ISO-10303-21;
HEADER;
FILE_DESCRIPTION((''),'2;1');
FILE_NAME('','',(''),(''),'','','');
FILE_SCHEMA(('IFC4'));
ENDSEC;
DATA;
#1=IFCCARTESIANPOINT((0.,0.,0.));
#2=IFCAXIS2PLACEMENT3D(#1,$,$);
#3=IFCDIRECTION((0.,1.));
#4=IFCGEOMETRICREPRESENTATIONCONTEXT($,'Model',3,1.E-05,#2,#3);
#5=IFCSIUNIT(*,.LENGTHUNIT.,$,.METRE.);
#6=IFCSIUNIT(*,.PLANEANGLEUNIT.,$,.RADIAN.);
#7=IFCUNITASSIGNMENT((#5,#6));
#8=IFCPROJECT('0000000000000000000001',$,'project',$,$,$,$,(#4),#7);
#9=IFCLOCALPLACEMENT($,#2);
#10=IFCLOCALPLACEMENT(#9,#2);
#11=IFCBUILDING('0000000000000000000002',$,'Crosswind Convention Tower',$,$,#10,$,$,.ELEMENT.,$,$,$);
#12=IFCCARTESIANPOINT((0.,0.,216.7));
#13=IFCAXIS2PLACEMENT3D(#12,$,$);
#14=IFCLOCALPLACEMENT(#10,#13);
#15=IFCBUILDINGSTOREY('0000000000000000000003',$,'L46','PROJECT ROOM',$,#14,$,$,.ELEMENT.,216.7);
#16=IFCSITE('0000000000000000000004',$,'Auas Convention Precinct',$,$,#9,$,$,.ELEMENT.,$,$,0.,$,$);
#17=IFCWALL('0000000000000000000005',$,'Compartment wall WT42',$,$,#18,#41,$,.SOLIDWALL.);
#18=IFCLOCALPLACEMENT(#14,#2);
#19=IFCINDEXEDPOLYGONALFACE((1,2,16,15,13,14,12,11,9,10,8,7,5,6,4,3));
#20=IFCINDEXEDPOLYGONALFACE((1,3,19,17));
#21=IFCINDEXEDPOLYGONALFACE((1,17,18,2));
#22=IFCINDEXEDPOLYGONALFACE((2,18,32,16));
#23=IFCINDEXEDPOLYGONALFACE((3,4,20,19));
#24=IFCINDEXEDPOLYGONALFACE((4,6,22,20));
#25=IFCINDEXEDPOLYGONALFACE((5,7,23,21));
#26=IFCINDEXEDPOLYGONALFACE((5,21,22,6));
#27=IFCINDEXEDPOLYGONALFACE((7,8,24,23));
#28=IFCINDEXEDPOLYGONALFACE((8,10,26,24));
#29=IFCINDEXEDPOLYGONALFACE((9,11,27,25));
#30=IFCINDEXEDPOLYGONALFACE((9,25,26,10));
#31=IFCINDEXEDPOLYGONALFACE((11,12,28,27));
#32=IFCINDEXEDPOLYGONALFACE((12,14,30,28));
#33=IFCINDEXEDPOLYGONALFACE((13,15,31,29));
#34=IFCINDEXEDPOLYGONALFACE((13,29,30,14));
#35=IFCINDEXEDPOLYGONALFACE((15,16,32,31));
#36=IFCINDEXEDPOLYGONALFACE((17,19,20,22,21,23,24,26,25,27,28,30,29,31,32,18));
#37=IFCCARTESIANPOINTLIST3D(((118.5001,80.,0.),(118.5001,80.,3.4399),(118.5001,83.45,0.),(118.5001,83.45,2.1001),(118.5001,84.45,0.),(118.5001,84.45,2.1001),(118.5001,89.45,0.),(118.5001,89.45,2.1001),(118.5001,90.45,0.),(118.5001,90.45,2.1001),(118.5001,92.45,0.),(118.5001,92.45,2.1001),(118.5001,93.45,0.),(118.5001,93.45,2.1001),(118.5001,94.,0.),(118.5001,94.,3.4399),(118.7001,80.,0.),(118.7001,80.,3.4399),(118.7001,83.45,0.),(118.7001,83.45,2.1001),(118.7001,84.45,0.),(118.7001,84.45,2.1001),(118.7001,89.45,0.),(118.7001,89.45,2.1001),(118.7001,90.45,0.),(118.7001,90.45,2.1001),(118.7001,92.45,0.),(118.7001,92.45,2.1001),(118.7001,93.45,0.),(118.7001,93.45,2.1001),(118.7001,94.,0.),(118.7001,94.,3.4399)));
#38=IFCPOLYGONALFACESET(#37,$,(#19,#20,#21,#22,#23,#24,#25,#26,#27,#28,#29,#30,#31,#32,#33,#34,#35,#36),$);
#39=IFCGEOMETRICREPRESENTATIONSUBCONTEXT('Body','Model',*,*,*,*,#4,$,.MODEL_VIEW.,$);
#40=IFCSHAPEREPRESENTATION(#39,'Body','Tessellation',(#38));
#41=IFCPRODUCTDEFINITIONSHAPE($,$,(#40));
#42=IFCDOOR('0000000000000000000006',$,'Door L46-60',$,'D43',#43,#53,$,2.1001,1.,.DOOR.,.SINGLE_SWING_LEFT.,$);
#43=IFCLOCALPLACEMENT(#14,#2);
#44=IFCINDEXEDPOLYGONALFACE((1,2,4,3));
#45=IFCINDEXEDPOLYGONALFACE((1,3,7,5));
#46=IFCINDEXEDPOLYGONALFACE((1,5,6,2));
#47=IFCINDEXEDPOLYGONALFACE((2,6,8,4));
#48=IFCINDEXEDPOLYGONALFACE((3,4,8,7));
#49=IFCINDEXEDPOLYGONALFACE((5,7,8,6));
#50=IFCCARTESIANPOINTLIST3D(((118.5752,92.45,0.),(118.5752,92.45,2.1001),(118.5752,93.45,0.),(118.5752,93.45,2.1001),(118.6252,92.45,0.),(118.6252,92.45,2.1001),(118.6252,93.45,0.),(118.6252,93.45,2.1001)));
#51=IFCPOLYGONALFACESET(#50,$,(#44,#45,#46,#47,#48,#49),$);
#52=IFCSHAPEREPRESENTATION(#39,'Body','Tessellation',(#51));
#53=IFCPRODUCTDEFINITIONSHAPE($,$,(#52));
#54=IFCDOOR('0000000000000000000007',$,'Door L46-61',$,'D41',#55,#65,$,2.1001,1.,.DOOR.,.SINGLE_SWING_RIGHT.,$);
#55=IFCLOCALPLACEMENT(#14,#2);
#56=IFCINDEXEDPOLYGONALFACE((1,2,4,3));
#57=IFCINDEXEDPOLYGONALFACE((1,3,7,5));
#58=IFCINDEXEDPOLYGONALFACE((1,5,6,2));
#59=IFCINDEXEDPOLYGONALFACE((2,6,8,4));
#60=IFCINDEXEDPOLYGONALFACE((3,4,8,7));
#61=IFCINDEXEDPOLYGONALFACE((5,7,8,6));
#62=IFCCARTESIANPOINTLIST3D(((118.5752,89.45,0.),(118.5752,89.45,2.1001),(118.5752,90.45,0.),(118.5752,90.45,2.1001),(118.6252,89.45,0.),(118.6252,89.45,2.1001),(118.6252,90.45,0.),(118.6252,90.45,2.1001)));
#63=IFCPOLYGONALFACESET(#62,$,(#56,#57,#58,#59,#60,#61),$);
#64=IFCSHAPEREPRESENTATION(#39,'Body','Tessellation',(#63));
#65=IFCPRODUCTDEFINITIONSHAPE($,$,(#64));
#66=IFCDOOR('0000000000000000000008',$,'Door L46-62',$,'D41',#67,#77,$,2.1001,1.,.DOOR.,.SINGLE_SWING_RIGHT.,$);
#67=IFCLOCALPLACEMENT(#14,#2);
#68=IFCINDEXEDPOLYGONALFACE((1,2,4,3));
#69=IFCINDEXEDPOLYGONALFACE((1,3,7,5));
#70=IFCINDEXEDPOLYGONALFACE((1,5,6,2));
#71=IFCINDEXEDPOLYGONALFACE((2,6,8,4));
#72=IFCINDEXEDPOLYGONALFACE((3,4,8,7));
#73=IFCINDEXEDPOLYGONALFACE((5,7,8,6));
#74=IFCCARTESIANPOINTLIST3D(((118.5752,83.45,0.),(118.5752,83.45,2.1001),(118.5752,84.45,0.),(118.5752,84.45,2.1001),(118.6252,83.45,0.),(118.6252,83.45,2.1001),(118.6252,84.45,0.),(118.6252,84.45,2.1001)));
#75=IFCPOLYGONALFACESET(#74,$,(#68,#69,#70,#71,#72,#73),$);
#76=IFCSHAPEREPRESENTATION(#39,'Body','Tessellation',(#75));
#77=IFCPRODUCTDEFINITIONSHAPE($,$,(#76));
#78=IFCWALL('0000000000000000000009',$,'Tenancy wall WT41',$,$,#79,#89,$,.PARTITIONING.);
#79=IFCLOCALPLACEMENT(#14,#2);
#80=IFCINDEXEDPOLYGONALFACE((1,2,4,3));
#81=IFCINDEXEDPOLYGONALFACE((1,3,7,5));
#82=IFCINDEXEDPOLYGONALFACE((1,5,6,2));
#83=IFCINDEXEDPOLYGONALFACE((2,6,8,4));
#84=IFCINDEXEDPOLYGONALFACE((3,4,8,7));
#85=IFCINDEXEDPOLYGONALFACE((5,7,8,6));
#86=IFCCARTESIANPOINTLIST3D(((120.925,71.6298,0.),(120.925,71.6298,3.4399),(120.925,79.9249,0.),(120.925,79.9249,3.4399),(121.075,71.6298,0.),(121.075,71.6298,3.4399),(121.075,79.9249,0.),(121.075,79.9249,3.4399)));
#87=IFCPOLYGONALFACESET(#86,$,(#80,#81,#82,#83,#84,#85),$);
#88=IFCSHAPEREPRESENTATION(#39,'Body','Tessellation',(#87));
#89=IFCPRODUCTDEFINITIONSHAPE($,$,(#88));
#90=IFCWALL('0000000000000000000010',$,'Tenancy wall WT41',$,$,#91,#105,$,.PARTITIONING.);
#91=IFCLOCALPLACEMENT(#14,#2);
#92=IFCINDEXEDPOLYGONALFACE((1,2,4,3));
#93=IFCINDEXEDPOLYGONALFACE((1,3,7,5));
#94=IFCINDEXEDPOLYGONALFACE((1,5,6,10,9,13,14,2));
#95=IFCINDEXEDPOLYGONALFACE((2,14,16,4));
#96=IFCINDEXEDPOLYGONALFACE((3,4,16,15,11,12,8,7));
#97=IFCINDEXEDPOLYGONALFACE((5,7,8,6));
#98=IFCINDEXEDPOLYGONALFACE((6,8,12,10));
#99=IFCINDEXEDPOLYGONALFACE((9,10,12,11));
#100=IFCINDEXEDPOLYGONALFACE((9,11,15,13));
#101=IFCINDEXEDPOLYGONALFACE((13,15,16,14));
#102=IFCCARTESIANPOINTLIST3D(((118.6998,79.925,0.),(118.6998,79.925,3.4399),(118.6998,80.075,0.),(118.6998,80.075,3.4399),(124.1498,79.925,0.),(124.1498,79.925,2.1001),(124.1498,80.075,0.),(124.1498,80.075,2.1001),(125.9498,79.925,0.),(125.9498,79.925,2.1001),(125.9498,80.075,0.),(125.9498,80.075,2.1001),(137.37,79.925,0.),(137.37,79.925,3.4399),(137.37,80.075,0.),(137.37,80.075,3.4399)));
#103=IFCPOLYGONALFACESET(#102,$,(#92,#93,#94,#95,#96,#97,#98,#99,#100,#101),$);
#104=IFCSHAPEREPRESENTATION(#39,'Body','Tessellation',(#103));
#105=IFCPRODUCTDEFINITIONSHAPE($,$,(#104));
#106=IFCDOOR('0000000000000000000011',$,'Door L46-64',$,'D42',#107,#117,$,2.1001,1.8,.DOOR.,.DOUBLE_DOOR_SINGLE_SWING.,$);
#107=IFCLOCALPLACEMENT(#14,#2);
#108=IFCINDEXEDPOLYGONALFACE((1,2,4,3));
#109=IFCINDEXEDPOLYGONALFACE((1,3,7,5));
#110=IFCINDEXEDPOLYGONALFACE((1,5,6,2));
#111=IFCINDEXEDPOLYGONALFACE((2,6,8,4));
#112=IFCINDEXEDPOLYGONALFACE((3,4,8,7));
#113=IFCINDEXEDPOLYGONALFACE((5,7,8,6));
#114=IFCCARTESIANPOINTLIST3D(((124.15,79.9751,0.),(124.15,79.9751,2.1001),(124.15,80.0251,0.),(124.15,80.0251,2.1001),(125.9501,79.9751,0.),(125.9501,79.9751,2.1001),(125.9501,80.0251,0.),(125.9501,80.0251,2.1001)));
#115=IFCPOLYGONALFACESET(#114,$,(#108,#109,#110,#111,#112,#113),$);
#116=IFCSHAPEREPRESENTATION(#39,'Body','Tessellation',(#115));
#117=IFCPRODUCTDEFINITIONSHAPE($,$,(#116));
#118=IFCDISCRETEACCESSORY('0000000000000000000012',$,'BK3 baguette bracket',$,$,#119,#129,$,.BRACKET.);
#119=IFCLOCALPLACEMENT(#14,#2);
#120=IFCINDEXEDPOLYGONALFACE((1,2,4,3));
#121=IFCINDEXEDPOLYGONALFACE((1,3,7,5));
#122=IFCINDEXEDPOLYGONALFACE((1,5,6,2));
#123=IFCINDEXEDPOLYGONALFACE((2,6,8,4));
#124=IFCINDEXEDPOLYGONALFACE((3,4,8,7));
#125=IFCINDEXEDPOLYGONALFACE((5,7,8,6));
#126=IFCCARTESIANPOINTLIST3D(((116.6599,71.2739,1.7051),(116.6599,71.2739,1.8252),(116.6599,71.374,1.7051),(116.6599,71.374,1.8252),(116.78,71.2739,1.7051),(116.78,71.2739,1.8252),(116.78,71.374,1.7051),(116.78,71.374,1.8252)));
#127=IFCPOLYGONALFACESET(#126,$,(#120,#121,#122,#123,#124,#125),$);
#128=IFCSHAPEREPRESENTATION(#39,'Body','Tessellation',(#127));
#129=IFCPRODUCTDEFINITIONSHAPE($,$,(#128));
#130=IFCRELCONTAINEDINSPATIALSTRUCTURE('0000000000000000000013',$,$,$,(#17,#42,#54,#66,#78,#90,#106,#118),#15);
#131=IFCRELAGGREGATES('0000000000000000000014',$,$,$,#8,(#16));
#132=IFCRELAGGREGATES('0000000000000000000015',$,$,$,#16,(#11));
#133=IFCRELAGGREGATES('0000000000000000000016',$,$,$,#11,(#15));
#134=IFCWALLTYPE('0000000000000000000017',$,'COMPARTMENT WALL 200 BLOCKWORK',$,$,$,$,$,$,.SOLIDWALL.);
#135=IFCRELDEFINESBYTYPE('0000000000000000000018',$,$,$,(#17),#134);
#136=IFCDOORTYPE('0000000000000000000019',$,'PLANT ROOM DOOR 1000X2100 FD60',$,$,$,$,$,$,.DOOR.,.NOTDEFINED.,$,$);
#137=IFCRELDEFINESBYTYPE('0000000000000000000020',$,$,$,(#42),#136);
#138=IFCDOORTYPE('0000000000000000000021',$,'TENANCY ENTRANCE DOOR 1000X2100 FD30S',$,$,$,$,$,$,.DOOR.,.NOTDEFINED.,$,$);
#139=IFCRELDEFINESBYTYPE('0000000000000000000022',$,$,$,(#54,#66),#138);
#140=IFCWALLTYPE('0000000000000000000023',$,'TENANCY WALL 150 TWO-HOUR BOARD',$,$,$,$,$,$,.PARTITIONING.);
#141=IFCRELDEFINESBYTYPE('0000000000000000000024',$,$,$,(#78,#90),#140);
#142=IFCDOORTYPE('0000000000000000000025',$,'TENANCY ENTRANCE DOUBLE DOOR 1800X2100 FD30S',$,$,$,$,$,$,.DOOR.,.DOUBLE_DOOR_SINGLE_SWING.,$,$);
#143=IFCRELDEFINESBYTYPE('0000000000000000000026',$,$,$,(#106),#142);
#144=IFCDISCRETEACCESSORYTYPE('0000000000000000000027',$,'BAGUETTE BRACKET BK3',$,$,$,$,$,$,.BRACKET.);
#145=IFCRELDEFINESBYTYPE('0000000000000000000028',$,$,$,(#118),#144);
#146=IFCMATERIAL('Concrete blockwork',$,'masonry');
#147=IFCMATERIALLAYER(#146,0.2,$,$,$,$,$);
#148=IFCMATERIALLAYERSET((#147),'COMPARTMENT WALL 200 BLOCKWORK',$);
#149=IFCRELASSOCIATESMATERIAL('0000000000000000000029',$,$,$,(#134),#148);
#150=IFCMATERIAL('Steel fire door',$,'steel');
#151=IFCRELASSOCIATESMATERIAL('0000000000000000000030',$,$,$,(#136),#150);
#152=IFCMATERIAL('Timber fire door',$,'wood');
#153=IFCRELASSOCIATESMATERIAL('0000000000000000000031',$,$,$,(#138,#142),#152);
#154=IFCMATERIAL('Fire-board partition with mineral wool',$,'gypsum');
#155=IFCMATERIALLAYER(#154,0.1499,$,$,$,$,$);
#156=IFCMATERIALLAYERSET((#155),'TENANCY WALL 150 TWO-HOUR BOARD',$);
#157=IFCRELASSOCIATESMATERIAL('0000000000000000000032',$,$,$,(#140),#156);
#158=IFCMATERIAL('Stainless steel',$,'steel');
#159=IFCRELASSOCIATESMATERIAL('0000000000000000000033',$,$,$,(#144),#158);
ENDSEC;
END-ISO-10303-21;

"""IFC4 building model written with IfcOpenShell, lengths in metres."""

from ifc_helpers import new_model, si_unit, direction, frame, frame_2d, origin, origin_2d, place, context, subcontext, project, spatial, rectangle, extrude, material, layer, layer_set, type_object, element, fill, save


model = new_model("IFC4")

# Units and contexts
model_context = context("Model", 3, precision=1e-05, world=origin(), true_north=direction((0.0, 1.0)))
body_context = subcontext(model_context, "Body", "Model", "MODEL_VIEW")
ifc_project = project(units=[si_unit("LENGTHUNIT", "METRE"), si_unit("PLANEANGLEUNIT", "RADIAN")], contexts=[model_context])

# Site, building, storey
site_placement = place(None, origin())
site = spatial("IfcSite", under=ifc_project, at=site_placement, Name="Auas Convention Precinct", CompositionType="ELEMENT", RefElevation=0.0)
building_placement = place(site_placement, origin())
building = spatial("IfcBuilding", under=site, at=building_placement, Name="Crosswind Convention Tower", CompositionType="ELEMENT")
storey_placement = place(building_placement, frame((0.0, 0.0, 216.7)))
storey = spatial("IfcBuildingStorey", under=building, at=storey_placement, Name="L46", Description="PROJECT ROOM", CompositionType="ELEMENT", Elevation=216.7)

# Wall, openings, doors
ifc_material_1 = material(Name="Concrete blockwork", Category="masonry")
ifc_layer_1 = layer(ifc_material_1, 0.2)
ifc_layer_set_1 = layer_set([ifc_layer_1], Name="COMPARTMENT WALL 200 BLOCKWORK")
wall_type_1 = type_object("IfcWallType", Name="COMPARTMENT WALL 200 BLOCKWORK", PredefinedType="SOLIDWALL", material=ifc_layer_set_1)
wall_1_placement = place(storey_placement, frame((118.6001, 80.0, 0.0), z_axis=(0.0, 0.0, 1.0), x_axis=(0.0, 1.0, 0.0)))
wall_1 = element("IfcWall", 1, at=wall_1_placement, inside=storey, type_object=wall_type_1, Name="Compartment wall WT42", PredefinedType="SOLIDWALL", context=body_context, shape_type="SweptSolid", body=[
    extrude(rectangle(XDim=14.0, YDim=0.2, at=frame_2d((7.0, 0.0))), origin(), (0.0, 0.0, 1.0), 3.4399),
])
opening_1_placement = place(wall_1_placement, frame((12.45, 0.0, 0.0)))
opening_1 = element("IfcOpeningElement", 2, at=opening_1_placement, cuts=wall_1, PredefinedType="OPENING", context=body_context, shape_type="SweptSolid", body=[
    extrude(rectangle(XDim=1.0, YDim=2.1001, at=frame_2d((0.5, 1.05))), frame((0.0, 0.1099, 0.0), z_axis=(0.0, -1.0, 0.0), x_axis=(1.0, 0.0, 0.0)), (0.0, 0.0, 1.0), 0.22),
])
opening_2_placement = place(wall_1_placement, frame((9.45, 0.0, 0.0)))
opening_2 = element("IfcOpeningElement", 3, at=opening_2_placement, cuts=wall_1, PredefinedType="OPENING", context=body_context, shape_type="SweptSolid", body=[
    extrude(rectangle(XDim=1.0, YDim=2.1001, at=frame_2d((0.5, 1.05))), frame((0.0, 0.1099, 0.0), z_axis=(0.0, -1.0, 0.0), x_axis=(1.0, 0.0, 0.0)), (0.0, 0.0, 1.0), 0.22),
])
opening_3_placement = place(wall_1_placement, frame((3.45, 0.0, 0.0)))
opening_3 = element("IfcOpeningElement", 4, at=opening_3_placement, cuts=wall_1, PredefinedType="OPENING", context=body_context, shape_type="SweptSolid", body=[
    extrude(rectangle(XDim=1.0, YDim=2.1001, at=frame_2d((0.5, 1.05))), frame((0.0, 0.1099, 0.0), z_axis=(0.0, -1.0, 0.0), x_axis=(1.0, 0.0, 0.0)), (0.0, 0.0, 1.0), 0.22),
])
ifc_material_2 = material(Name="Steel fire door", Category="steel")
door_type_1 = type_object("IfcDoorType", Name="PLANT ROOM DOOR 1000X2100 FD60", OperationType="NOTDEFINED", PredefinedType="DOOR", material=ifc_material_2)
door_1_placement = place(opening_1_placement, origin())
door_1 = element("IfcDoor", 5, at=door_1_placement, inside=storey, type_object=door_type_1, Name="Door L46-60", ObjectType="D43", OperationType="SINGLE_SWING_LEFT", OverallHeight=2.1001, OverallWidth=1.0, PredefinedType="DOOR", context=body_context, shape_type="SweptSolid", body=[
    extrude(rectangle(XDim=1.0, YDim=2.1001, at=frame_2d((0.5, 1.05))), frame((0.0, 0.0249, 0.0), z_axis=(0.0, -1.0, 0.0), x_axis=(1.0, 0.0, 0.0)), (0.0, 0.0, 1.0), 0.05),
])
fill(opening_1, door_1)
ifc_material_3 = material(Name="Timber fire door", Category="wood")
door_type_2 = type_object("IfcDoorType", Name="TENANCY ENTRANCE DOOR 1000X2100 FD30S", OperationType="NOTDEFINED", PredefinedType="DOOR", material=ifc_material_3)
door_2_placement = place(opening_2_placement, origin())
door_2 = element("IfcDoor", 6, at=door_2_placement, inside=storey, type_object=door_type_2, Name="Door L46-61", ObjectType="D41", OperationType="SINGLE_SWING_RIGHT", OverallHeight=2.1001, OverallWidth=1.0, PredefinedType="DOOR", context=body_context, shape_type="SweptSolid", body=[
    extrude(rectangle(XDim=1.0, YDim=2.1001, at=frame_2d((0.5, 1.05))), frame((0.0, 0.0249, 0.0), z_axis=(0.0, -1.0, 0.0), x_axis=(1.0, 0.0, 0.0)), (0.0, 0.0, 1.0), 0.05),
])
fill(opening_2, door_2)
door_3_placement = place(opening_3_placement, origin())
door_3 = element("IfcDoor", 7, at=door_3_placement, inside=storey, type_object=door_type_2, Name="Door L46-62", ObjectType="D41", OperationType="SINGLE_SWING_RIGHT", OverallHeight=2.1001, OverallWidth=1.0, PredefinedType="DOOR", context=body_context, shape_type="SweptSolid", body=[
    extrude(rectangle(XDim=1.0, YDim=2.1001, at=frame_2d((0.5, 1.05))), frame((0.0, 0.0249, 0.0), z_axis=(0.0, -1.0, 0.0), x_axis=(1.0, 0.0, 0.0)), (0.0, 0.0, 1.0), 0.05),
])
fill(opening_3, door_3)

# Wall
ifc_material_4 = material(Name="Fire-board partition with mineral wool", Category="gypsum")
ifc_layer_2 = layer(ifc_material_4, 0.1499)
ifc_layer_set_2 = layer_set([ifc_layer_2], Name="TENANCY WALL 150 TWO-HOUR BOARD")
wall_type_2 = type_object("IfcWallType", Name="TENANCY WALL 150 TWO-HOUR BOARD", PredefinedType="PARTITIONING", material=ifc_layer_set_2)
wall_2_placement = place(storey_placement, frame((121.0, 71.6299, 0.0), z_axis=(0.0, 0.0, 1.0), x_axis=(0.0, 1.0, 0.0)))
element("IfcWall", 8, at=wall_2_placement, inside=storey, type_object=wall_type_2, Name="Tenancy wall WT41", PredefinedType="PARTITIONING", context=body_context, shape_type="SweptSolid", body=[
    extrude(rectangle(XDim=8.2952, YDim=0.1499, at=frame_2d((4.1475, 0.0))), origin(), (0.0, 0.0, 1.0), 3.4399),
])

# Wall, opening, door
wall_3_placement = place(storey_placement, frame((118.7, 80.0, 0.0), z_axis=(0.0, 0.0, 1.0), x_axis=(1.0, 0.0, 0.0)))
wall_3 = element("IfcWall", 9, at=wall_3_placement, inside=storey, type_object=wall_type_2, Name="Tenancy wall WT41", PredefinedType="PARTITIONING", context=body_context, shape_type="SweptSolid", body=[
    extrude(rectangle(XDim=18.6702, YDim=0.1499, at=frame_2d((9.335, 0.0))), origin(), (0.0, 0.0, 1.0), 3.4399),
])
opening_4_placement = place(wall_3_placement, frame((5.45, 0.0, 0.0)))
opening_4 = element("IfcOpeningElement", 10, at=opening_4_placement, cuts=wall_3, PredefinedType="OPENING", context=body_context, shape_type="SweptSolid", body=[
    extrude(rectangle(XDim=1.8, YDim=2.1001, at=frame_2d((0.8999, 1.05))), frame((0.0, 0.085, 0.0), z_axis=(0.0, -1.0, 0.0), x_axis=(1.0, 0.0, 0.0)), (0.0, 0.0, 1.0), 0.1699),
])
door_type_3 = type_object("IfcDoorType", Name="TENANCY ENTRANCE DOUBLE DOOR 1800X2100 FD30S", OperationType="DOUBLE_DOOR_SINGLE_SWING", PredefinedType="DOOR", material=ifc_material_3)
door_4_placement = place(opening_4_placement, frame((1.8, 0.0, 0.0), z_axis=(0.0, 0.0, 1.0), x_axis=(-1.0, 0.0, 0.0)))
door_4 = element("IfcDoor", 11, at=door_4_placement, inside=storey, type_object=door_type_3, Name="Door L46-64", ObjectType="D42", OperationType="DOUBLE_DOOR_SINGLE_SWING", OverallHeight=2.1001, OverallWidth=1.8, PredefinedType="DOOR", context=body_context, shape_type="SweptSolid", body=[
    extrude(rectangle(XDim=1.8, YDim=2.1001, at=frame_2d((0.8999, 1.05))), frame((0.0, 0.0249, 0.0), z_axis=(0.0, -1.0, 0.0), x_axis=(1.0, 0.0, 0.0)), (0.0, 0.0, 1.0), 0.05),
])
fill(opening_4, door_4)

# Discrete accessory
ifc_material_5 = material(Name="Stainless steel", Category="steel")
discrete_accessory_type = type_object("IfcDiscreteAccessoryType", Name="BAGUETTE BRACKET BK3", PredefinedType="BRACKET", material=ifc_material_5)
discrete_accessory_placement = place(storey_placement, frame((116.72, 71.324, 1.7051), z_axis=(0.0, 0.0, 1.0), x_axis=(1.0, 0.0, 0.0)))
element("IfcDiscreteAccessory", 12, at=discrete_accessory_placement, inside=storey, type_object=discrete_accessory_type, Name="BK3 baguette bracket", PredefinedType="BRACKET", context=body_context, shape_type="SweptSolid", body=[
    extrude(rectangle(XDim=0.1201, YDim=0.1001, at=origin_2d()), origin(), (0.0, 0.0, 1.0), 0.1201),
])

save(model, "model.ifc")
